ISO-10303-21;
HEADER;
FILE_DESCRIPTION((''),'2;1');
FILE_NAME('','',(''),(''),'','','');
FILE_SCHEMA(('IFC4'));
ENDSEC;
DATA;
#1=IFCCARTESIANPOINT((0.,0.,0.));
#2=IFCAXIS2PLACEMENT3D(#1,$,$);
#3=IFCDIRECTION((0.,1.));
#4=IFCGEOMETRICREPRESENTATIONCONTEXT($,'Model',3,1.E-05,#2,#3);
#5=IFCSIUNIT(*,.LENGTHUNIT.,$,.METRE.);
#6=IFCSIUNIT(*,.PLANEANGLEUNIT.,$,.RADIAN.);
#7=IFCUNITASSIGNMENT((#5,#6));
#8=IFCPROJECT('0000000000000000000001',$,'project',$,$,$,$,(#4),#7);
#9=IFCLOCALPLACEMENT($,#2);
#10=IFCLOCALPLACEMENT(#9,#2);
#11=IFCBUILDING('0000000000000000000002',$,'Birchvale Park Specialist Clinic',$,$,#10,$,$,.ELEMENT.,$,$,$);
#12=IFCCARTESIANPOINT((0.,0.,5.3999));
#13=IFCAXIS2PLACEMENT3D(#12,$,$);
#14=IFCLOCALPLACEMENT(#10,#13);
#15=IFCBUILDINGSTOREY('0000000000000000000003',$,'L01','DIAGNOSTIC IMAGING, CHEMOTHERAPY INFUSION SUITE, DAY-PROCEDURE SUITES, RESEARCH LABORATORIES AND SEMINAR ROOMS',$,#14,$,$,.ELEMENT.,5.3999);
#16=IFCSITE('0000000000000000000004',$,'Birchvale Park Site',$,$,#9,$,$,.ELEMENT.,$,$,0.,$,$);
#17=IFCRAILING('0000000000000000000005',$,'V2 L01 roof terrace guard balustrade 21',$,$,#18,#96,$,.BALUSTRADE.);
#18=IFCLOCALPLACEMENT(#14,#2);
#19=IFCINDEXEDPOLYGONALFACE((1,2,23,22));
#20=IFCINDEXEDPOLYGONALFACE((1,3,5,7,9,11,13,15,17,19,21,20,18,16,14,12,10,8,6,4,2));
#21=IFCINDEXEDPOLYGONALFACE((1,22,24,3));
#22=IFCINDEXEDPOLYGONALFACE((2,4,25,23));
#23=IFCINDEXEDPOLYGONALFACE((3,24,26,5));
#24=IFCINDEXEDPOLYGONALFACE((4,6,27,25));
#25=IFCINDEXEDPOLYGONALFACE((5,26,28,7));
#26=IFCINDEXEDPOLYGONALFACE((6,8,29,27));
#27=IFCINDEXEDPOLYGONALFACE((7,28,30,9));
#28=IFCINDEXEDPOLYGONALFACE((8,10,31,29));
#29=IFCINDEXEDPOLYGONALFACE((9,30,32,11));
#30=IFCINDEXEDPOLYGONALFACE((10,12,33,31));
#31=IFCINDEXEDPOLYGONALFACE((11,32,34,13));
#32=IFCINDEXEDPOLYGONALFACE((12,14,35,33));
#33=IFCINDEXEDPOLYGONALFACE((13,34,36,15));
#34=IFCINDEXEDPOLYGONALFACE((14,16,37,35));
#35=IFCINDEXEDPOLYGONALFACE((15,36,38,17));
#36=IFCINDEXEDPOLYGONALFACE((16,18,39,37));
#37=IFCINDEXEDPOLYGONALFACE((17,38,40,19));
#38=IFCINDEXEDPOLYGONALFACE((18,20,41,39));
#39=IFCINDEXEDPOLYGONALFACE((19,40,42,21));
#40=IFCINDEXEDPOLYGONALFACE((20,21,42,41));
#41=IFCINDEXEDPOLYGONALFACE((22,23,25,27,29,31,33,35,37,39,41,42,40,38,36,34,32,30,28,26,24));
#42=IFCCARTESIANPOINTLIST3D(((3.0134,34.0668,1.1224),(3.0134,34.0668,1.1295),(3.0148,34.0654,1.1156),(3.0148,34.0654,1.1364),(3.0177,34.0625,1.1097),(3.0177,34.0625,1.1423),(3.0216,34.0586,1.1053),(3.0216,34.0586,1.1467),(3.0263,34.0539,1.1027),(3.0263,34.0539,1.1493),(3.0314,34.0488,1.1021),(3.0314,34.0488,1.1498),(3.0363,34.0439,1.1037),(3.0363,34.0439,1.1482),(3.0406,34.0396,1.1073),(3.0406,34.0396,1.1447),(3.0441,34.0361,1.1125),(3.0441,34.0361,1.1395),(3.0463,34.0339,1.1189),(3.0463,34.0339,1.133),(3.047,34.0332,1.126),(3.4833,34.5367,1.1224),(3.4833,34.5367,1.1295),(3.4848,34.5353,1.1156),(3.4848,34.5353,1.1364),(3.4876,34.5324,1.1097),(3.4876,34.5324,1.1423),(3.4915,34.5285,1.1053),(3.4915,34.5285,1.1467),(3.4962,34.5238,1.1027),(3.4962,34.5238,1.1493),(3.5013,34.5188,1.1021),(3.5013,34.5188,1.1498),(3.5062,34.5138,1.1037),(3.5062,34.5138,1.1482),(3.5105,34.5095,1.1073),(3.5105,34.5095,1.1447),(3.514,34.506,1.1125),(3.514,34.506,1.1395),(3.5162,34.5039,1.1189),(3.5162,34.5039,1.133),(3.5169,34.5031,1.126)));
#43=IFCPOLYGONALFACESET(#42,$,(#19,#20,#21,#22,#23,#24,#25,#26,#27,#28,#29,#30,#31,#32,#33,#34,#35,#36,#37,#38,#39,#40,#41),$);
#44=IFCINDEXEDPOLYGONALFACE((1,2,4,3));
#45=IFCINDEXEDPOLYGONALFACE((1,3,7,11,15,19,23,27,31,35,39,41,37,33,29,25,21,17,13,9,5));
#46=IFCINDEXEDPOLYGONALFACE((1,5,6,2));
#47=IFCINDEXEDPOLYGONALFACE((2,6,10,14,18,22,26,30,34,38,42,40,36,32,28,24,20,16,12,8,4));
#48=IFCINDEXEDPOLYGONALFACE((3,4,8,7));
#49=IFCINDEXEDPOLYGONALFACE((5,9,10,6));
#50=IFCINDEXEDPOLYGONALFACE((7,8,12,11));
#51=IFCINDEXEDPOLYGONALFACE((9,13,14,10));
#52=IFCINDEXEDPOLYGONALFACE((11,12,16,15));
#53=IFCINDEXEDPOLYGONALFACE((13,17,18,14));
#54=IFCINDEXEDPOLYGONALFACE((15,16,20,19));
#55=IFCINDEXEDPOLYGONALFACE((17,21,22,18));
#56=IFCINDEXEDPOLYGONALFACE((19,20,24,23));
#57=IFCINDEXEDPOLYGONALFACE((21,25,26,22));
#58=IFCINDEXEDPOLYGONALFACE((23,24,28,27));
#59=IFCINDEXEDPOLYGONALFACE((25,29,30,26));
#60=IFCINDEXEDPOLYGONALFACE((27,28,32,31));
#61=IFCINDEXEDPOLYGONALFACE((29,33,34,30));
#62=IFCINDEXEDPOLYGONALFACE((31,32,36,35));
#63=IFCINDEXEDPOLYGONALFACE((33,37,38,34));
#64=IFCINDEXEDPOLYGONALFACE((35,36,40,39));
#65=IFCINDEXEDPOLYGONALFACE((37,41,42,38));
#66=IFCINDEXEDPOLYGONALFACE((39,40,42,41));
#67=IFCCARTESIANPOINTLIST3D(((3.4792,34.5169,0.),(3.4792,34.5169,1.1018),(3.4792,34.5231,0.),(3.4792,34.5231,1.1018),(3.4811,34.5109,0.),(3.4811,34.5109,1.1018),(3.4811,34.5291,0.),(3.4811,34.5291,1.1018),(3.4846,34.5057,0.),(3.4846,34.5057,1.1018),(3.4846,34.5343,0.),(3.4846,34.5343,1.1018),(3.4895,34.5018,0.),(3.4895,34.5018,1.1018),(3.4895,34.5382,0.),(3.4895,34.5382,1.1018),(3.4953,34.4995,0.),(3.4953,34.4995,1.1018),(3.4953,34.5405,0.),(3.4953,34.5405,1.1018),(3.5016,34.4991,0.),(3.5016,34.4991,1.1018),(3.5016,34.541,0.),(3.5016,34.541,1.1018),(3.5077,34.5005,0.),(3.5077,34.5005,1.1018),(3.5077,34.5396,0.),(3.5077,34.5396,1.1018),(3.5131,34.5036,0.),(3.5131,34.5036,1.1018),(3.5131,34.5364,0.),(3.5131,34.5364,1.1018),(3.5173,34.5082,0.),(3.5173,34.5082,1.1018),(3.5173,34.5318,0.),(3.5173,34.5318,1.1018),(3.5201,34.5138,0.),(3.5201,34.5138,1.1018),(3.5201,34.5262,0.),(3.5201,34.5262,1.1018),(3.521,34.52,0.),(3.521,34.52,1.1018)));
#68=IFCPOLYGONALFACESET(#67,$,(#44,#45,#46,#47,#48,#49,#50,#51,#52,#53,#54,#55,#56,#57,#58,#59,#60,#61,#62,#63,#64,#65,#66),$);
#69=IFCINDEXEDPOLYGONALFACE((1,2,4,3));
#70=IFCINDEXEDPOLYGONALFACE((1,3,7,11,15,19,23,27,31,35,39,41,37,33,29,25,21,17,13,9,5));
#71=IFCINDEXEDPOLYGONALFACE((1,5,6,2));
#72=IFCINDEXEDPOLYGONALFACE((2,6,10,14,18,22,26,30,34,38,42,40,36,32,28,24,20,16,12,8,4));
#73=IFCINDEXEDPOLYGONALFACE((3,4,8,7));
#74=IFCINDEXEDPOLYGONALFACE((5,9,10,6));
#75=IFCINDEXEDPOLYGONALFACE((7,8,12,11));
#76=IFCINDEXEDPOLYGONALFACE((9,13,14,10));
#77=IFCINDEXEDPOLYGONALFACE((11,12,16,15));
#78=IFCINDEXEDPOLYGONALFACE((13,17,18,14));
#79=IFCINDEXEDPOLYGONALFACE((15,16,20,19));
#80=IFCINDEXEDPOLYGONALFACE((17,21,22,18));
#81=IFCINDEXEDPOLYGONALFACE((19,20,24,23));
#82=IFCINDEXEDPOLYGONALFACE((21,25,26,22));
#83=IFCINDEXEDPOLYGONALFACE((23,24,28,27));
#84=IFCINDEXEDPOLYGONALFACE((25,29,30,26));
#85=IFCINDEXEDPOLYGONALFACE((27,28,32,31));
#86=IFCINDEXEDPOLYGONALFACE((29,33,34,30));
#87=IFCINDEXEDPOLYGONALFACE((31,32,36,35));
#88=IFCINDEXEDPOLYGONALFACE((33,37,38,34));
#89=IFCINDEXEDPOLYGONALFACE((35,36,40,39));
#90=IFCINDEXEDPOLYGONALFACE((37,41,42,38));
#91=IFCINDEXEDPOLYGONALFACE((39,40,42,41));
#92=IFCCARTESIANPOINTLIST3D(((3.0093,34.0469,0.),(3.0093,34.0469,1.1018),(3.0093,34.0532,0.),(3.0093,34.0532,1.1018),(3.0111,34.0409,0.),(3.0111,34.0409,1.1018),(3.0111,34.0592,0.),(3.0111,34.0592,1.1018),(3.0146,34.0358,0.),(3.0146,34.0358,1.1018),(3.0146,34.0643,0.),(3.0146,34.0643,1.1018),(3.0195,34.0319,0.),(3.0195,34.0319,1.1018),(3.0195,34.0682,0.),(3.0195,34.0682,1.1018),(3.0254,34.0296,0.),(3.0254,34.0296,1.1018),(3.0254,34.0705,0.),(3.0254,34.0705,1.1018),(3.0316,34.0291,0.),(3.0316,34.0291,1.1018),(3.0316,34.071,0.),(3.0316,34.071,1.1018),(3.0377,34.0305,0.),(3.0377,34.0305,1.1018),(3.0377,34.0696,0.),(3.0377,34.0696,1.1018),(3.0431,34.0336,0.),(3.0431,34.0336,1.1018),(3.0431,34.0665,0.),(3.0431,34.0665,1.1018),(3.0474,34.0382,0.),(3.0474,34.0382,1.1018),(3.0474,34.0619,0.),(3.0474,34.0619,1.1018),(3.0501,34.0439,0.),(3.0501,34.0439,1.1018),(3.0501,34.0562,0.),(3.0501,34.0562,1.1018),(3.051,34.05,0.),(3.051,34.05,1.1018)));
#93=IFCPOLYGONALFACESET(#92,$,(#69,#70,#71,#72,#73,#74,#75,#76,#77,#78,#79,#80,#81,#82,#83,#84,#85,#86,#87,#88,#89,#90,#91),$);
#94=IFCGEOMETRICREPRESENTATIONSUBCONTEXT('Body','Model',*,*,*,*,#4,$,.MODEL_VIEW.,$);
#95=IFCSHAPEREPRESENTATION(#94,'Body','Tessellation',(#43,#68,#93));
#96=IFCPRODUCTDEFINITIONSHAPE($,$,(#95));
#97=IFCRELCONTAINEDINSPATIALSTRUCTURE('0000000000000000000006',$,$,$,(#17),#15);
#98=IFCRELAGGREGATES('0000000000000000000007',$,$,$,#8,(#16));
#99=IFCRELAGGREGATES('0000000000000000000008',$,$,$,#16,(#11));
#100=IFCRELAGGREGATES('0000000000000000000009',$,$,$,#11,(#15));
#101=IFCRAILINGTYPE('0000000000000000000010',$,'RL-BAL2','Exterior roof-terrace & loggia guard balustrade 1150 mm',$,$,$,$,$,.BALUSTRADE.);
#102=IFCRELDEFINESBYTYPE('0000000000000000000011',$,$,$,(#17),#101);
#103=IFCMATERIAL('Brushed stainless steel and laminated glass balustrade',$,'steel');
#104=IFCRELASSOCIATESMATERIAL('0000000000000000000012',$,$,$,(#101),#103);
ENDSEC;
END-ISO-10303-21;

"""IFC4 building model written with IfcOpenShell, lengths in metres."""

from ifc_helpers import new_model, si_unit, direction, frame, origin, origin_2d, place, context, subcontext, project, spatial, circle, extrude, material, type_object, element, save


model = new_model("IFC4")

# Units and contexts
model_context = context("Model", 3, precision=1e-05, world=origin(), true_north=direction((0.0, 1.0)))
body_context = subcontext(model_context, "Body", "Model", "MODEL_VIEW")
ifc_project = project(units=[si_unit("LENGTHUNIT", "METRE"), si_unit("PLANEANGLEUNIT", "RADIAN")], contexts=[model_context])

# Site, building, storey
site_placement = place(None, origin())
site = spatial("IfcSite", under=ifc_project, at=site_placement, Name="Birchvale Park Site", CompositionType="ELEMENT", RefElevation=0.0)
building_placement = place(site_placement, origin())
building = spatial("IfcBuilding", under=site, at=building_placement, Name="Birchvale Park Specialist Clinic", CompositionType="ELEMENT")
storey_placement = place(building_placement, frame((0.0, 0.0, 5.3999)))
storey = spatial("IfcBuildingStorey", under=building, at=storey_placement, Name="L01", Description="DIAGNOSTIC IMAGING, CHEMOTHERAPY INFUSION SUITE, DAY-PROCEDURE SUITES, RESEARCH LABORATORIES AND SEMINAR ROOMS", CompositionType="ELEMENT", Elevation=5.3999)

# Railing
ifc_material_1 = material(Name="Brushed stainless steel and laminated glass balustrade", Category="steel")
railing_type = type_object("IfcRailingType", Name="RL-BAL2", Description="Exterior roof-terrace & loggia guard balustrade 1150 mm", PredefinedType="BALUSTRADE", material=ifc_material_1)
railing_1_placement = place(storey_placement, frame((3.5, 34.52, 0.0)))
element("IfcRailing", 1, at=railing_1_placement, inside=storey, type_object=railing_type, Name="V2 L01 roof terrace guard balustrade 21", PredefinedType="BALUSTRADE", context=body_context, shape_type="SweptSolid", body=[
    extrude(circle(Radius=0.0239, at=origin_2d()), frame((0.0, 0.0, 1.126), z_axis=(-0.707107, -0.707107, 0.0), x_axis=(0.707107, -0.707107, 0.0)), (0.0, 0.0, 1.0), 0.6646),
    extrude(circle(Radius=0.021, at=origin_2d()), origin(), (0.0, 0.0, 1.0), 1.1018),
    extrude(circle(Radius=0.021, at=origin_2d()), frame((-0.47, -0.47, 0.0)), (0.0, 0.0, 1.0), 1.1018),
])

save(model, "model.ifc")
